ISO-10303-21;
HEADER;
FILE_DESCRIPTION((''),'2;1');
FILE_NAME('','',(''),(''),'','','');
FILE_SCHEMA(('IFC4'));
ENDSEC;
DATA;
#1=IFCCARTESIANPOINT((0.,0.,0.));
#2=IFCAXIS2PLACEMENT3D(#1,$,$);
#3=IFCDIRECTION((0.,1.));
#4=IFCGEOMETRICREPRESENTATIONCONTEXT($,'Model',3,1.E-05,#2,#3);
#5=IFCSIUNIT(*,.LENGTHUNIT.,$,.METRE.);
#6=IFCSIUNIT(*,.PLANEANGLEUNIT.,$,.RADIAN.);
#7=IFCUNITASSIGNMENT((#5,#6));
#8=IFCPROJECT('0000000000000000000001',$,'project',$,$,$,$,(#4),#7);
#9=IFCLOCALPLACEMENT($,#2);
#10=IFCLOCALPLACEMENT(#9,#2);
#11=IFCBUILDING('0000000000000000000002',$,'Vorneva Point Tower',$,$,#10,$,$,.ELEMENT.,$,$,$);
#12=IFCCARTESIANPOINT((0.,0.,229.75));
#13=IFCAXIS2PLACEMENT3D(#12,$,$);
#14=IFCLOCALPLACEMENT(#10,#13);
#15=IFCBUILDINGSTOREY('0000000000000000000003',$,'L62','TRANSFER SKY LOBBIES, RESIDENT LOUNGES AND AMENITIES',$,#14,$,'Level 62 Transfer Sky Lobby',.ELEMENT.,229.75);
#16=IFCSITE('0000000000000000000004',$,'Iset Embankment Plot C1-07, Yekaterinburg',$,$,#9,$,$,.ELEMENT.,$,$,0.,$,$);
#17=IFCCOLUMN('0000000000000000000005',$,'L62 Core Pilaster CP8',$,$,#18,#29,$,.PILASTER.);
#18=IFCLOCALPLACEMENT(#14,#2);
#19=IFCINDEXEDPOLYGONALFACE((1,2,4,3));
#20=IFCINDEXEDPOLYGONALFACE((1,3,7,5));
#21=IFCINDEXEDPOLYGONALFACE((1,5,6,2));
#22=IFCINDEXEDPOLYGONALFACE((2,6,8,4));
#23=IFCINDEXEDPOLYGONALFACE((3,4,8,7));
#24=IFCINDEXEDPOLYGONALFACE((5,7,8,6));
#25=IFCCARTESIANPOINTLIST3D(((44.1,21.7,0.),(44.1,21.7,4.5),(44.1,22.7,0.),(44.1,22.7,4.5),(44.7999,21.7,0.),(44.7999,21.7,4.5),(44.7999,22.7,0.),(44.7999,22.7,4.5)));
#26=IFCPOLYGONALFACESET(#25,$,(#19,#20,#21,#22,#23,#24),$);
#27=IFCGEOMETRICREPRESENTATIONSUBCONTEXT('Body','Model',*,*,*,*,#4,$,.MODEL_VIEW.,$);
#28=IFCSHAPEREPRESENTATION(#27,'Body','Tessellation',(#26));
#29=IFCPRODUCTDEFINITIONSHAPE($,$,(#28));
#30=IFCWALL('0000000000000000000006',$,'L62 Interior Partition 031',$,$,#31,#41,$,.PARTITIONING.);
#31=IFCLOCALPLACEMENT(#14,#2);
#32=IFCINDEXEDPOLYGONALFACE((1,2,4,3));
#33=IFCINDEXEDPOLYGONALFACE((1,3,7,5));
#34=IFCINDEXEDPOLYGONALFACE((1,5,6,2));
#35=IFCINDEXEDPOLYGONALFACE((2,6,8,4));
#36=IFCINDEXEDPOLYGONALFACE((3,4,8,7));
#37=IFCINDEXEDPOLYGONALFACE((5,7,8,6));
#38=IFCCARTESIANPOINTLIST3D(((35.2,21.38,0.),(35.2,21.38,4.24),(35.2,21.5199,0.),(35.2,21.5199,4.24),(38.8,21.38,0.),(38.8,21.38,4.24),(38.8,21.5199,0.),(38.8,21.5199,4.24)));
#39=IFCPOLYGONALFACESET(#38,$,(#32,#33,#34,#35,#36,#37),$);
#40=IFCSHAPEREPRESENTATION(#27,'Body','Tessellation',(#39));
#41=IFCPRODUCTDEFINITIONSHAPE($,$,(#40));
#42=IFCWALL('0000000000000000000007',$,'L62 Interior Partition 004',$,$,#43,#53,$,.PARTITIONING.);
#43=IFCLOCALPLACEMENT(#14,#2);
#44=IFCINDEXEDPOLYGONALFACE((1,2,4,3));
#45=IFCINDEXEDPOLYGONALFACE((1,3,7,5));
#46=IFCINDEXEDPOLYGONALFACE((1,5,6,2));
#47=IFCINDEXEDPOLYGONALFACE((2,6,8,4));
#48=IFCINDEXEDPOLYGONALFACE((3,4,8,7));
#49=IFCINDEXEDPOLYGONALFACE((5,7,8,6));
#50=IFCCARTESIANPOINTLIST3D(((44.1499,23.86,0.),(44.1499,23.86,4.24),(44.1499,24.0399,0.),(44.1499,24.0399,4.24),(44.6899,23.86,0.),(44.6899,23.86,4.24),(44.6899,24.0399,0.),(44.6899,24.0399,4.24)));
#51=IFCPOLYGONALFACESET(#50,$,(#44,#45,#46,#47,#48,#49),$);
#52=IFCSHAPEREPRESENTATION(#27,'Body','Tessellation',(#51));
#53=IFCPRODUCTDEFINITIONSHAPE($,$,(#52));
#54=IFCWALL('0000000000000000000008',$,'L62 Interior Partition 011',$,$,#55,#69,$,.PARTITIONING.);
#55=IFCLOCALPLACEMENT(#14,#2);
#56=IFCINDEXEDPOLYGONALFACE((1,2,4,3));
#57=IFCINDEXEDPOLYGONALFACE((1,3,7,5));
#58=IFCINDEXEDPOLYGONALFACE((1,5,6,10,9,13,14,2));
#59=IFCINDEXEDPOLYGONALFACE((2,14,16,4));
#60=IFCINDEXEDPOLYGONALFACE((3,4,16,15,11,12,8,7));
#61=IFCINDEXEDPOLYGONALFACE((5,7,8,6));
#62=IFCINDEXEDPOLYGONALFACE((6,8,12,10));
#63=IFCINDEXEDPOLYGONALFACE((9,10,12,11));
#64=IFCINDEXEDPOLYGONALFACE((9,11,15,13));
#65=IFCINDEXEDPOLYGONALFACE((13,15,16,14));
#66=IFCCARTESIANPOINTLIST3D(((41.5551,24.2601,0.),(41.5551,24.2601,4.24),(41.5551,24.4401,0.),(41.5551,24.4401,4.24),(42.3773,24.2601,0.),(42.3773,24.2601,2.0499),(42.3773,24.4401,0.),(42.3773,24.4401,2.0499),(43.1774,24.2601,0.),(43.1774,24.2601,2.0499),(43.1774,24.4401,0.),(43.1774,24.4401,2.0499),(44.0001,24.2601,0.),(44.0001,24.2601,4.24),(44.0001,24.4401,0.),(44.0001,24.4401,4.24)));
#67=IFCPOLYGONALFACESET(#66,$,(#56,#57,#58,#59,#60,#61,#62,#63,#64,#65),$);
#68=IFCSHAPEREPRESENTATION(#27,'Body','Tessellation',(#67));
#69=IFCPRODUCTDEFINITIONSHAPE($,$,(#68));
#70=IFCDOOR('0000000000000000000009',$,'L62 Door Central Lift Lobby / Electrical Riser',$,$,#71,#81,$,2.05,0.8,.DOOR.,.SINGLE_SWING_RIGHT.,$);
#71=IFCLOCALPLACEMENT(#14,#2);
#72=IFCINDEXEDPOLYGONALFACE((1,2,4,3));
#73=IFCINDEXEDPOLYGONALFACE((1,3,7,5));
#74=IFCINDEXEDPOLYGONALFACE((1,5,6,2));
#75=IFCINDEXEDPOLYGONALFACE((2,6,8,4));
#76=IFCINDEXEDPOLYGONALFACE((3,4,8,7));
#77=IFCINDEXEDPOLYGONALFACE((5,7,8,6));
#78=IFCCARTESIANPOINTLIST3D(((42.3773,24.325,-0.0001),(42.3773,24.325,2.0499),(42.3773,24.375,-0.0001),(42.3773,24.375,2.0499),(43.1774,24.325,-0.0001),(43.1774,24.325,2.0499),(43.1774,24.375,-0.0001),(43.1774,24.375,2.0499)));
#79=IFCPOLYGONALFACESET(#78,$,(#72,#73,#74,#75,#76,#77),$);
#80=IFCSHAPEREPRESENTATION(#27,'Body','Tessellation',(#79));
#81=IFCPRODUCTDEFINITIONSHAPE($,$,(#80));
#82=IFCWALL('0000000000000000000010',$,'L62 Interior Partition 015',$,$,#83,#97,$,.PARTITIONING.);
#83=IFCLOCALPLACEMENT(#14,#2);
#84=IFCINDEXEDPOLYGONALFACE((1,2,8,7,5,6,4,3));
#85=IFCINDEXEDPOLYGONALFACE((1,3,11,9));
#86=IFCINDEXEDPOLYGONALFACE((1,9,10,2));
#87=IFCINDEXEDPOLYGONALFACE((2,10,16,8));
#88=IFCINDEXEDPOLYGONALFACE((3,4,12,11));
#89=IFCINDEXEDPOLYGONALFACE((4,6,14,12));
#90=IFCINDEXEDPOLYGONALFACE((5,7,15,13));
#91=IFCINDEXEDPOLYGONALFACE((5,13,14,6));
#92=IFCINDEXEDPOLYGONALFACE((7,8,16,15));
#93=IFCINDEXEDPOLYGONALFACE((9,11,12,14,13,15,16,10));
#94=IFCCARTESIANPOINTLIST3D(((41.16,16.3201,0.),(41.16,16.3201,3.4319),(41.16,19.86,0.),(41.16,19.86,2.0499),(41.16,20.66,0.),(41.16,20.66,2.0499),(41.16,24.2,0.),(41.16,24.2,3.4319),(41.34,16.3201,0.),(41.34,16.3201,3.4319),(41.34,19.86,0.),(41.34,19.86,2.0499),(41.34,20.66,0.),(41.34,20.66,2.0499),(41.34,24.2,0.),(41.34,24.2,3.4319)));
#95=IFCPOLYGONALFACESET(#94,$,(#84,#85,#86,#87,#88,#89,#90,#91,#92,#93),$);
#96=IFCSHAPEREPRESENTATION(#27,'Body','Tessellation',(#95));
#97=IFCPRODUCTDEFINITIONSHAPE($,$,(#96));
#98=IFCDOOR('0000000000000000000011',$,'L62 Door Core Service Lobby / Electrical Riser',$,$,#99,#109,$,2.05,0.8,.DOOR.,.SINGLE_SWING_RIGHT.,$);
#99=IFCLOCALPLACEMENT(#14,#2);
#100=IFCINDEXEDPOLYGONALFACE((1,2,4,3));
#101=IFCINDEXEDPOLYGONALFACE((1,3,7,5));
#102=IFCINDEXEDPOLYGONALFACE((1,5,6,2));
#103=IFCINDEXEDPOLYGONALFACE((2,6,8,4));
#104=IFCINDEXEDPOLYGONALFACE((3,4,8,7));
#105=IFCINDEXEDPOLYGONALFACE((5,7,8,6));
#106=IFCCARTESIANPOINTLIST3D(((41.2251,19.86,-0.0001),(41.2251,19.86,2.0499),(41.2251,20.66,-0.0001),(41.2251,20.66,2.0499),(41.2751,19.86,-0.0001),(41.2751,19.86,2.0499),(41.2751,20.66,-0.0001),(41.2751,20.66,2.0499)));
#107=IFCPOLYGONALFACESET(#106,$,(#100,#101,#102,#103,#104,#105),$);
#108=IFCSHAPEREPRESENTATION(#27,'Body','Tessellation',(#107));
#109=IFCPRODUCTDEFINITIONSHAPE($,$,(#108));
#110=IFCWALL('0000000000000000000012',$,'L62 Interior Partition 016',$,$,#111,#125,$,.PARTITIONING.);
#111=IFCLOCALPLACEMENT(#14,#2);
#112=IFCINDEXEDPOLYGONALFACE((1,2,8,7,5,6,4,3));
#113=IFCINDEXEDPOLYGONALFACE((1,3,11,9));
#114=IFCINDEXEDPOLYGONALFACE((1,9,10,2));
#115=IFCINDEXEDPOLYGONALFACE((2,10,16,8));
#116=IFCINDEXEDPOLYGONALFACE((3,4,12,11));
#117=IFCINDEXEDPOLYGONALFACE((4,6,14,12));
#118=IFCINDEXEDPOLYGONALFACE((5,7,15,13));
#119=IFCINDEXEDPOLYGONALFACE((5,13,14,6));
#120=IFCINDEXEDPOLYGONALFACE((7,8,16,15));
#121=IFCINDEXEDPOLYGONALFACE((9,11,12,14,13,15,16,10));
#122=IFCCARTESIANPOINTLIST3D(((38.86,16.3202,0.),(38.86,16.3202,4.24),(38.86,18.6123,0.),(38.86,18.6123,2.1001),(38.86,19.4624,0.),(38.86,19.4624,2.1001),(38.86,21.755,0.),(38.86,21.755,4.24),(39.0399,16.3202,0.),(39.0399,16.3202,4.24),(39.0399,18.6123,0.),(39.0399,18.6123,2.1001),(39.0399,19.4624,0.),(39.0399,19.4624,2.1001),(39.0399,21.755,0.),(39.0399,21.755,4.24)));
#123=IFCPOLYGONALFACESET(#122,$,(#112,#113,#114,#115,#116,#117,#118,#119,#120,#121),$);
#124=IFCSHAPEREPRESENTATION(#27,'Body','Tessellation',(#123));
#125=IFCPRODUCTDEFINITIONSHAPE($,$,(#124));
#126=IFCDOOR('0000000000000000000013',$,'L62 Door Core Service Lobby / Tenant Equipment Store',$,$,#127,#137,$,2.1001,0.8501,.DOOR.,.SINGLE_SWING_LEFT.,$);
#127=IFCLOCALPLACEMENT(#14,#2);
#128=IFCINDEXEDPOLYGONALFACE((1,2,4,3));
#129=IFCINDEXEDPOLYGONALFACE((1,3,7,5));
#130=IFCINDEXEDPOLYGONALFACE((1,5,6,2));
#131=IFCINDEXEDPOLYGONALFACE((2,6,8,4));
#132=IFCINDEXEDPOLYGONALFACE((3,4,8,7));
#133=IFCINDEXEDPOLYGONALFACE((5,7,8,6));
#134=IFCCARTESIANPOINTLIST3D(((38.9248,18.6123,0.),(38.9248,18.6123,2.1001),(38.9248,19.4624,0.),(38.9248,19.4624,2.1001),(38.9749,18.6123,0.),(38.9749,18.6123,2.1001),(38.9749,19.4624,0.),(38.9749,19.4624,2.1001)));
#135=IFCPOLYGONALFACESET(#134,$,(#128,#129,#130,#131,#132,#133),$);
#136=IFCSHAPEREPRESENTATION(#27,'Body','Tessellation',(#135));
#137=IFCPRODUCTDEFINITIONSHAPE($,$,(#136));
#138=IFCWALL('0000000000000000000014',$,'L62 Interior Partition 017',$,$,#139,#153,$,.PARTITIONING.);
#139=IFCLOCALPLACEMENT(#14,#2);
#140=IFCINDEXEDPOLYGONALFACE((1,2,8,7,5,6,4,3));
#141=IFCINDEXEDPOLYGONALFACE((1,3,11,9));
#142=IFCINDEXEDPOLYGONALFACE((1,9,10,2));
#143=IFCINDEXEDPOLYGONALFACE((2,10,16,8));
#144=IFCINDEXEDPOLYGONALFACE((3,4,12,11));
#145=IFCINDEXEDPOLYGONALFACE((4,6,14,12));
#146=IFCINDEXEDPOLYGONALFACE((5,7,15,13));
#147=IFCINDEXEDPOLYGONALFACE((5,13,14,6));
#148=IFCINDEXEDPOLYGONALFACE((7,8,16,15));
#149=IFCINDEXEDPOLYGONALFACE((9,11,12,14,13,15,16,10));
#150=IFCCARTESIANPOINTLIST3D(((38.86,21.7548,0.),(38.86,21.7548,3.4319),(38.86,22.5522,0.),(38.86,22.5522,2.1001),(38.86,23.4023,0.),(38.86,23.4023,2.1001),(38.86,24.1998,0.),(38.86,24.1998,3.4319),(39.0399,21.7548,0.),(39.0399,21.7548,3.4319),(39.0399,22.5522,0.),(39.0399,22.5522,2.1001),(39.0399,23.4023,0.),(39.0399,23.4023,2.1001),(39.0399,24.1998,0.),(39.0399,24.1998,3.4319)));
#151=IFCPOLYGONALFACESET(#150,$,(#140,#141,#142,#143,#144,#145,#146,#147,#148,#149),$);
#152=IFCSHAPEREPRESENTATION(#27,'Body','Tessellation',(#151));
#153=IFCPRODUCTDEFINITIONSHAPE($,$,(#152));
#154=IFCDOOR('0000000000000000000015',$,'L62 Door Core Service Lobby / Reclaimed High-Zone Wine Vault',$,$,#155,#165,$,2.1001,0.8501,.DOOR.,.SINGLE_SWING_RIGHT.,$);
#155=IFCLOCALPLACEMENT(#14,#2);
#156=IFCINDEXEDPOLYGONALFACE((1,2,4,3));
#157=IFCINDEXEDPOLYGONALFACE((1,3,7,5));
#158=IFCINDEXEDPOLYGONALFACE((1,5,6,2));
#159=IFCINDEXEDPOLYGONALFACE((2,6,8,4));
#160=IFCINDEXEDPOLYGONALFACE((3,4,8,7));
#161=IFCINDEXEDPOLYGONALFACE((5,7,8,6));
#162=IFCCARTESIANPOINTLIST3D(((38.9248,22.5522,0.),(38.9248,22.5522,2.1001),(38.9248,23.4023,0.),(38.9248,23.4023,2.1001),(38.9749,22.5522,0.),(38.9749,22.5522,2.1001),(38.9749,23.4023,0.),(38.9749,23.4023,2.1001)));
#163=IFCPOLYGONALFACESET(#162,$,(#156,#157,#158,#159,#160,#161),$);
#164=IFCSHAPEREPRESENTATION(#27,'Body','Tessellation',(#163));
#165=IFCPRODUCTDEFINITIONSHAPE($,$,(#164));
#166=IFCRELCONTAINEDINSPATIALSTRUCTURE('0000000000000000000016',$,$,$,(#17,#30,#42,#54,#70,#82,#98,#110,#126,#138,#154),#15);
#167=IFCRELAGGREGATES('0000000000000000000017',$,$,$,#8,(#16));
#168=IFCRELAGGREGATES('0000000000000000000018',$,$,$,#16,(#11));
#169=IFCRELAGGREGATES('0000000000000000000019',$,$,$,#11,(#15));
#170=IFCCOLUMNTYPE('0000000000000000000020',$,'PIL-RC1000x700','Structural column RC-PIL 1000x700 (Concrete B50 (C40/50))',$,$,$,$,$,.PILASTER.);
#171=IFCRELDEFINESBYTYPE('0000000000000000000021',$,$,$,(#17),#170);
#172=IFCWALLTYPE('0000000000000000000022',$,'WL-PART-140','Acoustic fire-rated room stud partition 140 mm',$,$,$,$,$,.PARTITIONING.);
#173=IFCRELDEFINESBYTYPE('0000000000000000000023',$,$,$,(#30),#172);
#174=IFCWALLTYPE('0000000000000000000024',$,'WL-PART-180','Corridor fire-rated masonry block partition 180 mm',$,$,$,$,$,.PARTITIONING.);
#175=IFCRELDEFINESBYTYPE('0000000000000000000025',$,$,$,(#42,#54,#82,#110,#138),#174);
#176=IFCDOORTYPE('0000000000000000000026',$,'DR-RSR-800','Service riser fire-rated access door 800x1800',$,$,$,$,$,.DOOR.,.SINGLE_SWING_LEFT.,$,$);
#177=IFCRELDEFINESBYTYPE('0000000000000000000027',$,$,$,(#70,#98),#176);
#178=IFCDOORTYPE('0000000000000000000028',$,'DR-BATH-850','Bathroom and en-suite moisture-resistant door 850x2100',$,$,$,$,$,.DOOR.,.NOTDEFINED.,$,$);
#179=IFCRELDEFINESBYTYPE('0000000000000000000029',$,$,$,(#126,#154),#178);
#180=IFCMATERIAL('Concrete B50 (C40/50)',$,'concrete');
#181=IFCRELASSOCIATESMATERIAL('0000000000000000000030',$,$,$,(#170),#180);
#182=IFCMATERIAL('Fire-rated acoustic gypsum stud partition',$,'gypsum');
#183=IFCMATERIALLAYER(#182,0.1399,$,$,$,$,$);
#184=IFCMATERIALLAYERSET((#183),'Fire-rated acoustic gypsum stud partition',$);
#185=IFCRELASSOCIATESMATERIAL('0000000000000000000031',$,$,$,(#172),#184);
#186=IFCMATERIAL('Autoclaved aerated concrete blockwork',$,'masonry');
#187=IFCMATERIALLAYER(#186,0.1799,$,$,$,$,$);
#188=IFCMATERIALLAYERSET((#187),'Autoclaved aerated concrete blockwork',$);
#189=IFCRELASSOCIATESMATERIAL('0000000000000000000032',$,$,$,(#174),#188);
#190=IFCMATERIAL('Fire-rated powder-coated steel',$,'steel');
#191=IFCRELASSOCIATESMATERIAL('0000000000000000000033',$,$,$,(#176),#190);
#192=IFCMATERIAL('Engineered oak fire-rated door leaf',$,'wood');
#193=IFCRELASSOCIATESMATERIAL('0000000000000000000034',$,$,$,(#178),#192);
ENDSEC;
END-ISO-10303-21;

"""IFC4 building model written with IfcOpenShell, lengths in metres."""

from ifc_helpers import new_model, si_unit, direction, frame, frame_2d, origin, origin_2d, place, context, subcontext, project, spatial, rectangle, extrude, material, layer, layer_set, material_profile, profile_set, type_object, element, fill, save


model = new_model("IFC4")

# Units and contexts
model_context = context("Model", 3, precision=1e-05, world=origin(), true_north=direction((0.0, 1.0)))
body_context = subcontext(model_context, "Body", "Model", "MODEL_VIEW")
ifc_project = project(units=[si_unit("LENGTHUNIT", "METRE"), si_unit("PLANEANGLEUNIT", "RADIAN")], contexts=[model_context])

# Site, building, storey
site_placement = place(None, origin())
site = spatial("IfcSite", under=ifc_project, at=site_placement, Name="Iset Embankment Plot C1-07, Yekaterinburg", CompositionType="ELEMENT", RefElevation=0.0)
building_placement = place(site_placement, origin())
building = spatial("IfcBuilding", under=site, at=building_placement, Name="Vorneva Point Tower", CompositionType="ELEMENT")
storey_placement = place(building_placement, frame((0.0, 0.0, 229.75)))
storey = spatial("IfcBuildingStorey", under=building, at=storey_placement, Name="L62", Description="TRANSFER SKY LOBBIES, RESIDENT LOUNGES AND AMENITIES", LongName="Level 62 Transfer Sky Lobby", CompositionType="ELEMENT", Elevation=229.75)

# Column
ifc_material_1 = material(Name="Concrete B50 (C40/50)", Category="concrete")
ifc_material_profile = material_profile(ifc_material_1, rectangle(XDim=0.7, YDim=1.0, at=origin_2d()), Name="RC-PIL 1000x700")
ifc_profile_set = profile_set([ifc_material_profile], Name="Concrete B50 (C40/50)")
column_type = type_object("IfcColumnType", Name="PIL-RC1000x700", Description="Structural column RC-PIL 1000x700 (Concrete B50 (C40/50))", PredefinedType="PILASTER", material=ifc_profile_set)
column_placement = place(storey_placement, frame((44.45, 22.2, 0.0), z_axis=(0.0, 0.0, 1.0), x_axis=(1.0, 0.0, 0.0)))
element("IfcColumn", 1, at=column_placement, inside=storey, type_object=column_type, Name="L62 Core Pilaster CP8", PredefinedType="PILASTER", context=body_context, shape_type="SweptSolid", body=[
    extrude(rectangle(XDim=0.7, YDim=1.0, at=origin_2d()), origin(), (0.0, 0.0, 1.0), 4.5),
])

# Walls
ifc_material_2 = material(Name="Fire-rated acoustic gypsum stud partition", Category="gypsum")
ifc_layer_1 = layer(ifc_material_2, 0.1399)
ifc_layer_set_1 = layer_set([ifc_layer_1], Name="Fire-rated acoustic gypsum stud partition")
wall_type_1 = type_object("IfcWallType", Name="WL-PART-140", Description="Acoustic fire-rated room stud partition 140 mm", PredefinedType="PARTITIONING", material=ifc_layer_set_1)
wall_1_placement = place(storey_placement, frame((38.8, 21.45, 0.0), z_axis=(0.0, 0.0, 1.0), x_axis=(-1.0, 0.0, 0.0)))
element("IfcWall", 2, at=wall_1_placement, inside=storey, type_object=wall_type_1, Name="L62 Interior Partition 031", PredefinedType="PARTITIONING", context=body_context, shape_type="SweptSolid", body=[
    extrude(rectangle(XDim=3.6001, YDim=0.1399, at=frame_2d((1.8, 0.0))), origin(), (0.0, 0.0, 1.0), 4.24),
])
ifc_material_3 = material(Name="Autoclaved aerated concrete blockwork", Category="masonry")
ifc_layer_2 = layer(ifc_material_3, 0.1799)
ifc_layer_set_2 = layer_set([ifc_layer_2], Name="Autoclaved aerated concrete blockwork")
wall_type_2 = type_object("IfcWallType", Name="WL-PART-180", Description="Corridor fire-rated masonry block partition 180 mm", PredefinedType="PARTITIONING", material=ifc_layer_set_2)
wall_2_placement = place(storey_placement, frame((44.1499, 23.95, 0.0), z_axis=(0.0, 0.0, 1.0), x_axis=(1.0, 0.0, 0.0)))
element("IfcWall", 3, at=wall_2_placement, inside=storey, type_object=wall_type_2, Name="L62 Interior Partition 004", PredefinedType="PARTITIONING", context=body_context, shape_type="SweptSolid", body=[
    extrude(rectangle(XDim=0.54, YDim=0.1799, at=frame_2d((0.27, 0.0))), origin(), (0.0, 0.0, 1.0), 4.24),
])

# Walls, openings, doors
ifc_material_4 = material(Name="Fire-rated powder-coated steel", Category="steel")
wall_3_placement = place(storey_placement, frame((41.5549, 24.3501, 0.0), z_axis=(0.0, 0.0, 1.0), x_axis=(1.0, 0.0, 0.0)))
wall_3 = element("IfcWall", 4, at=wall_3_placement, inside=storey, type_object=wall_type_2, Name="L62 Interior Partition 011", PredefinedType="PARTITIONING", context=body_context, shape_type="SweptSolid", body=[
    extrude(rectangle(XDim=2.4451, YDim=0.1799, at=frame_2d((1.2227, 0.0))), origin(), (0.0, 0.0, 1.0), 4.24),
])
opening_1_placement = place(wall_3_placement, frame((0.8225, 0.0, 0.0)))
opening_1 = element("IfcOpeningElement", 5, at=opening_1_placement, cuts=wall_3, PredefinedType="OPENING", context=body_context, shape_type="SweptSolid", body=[
    extrude(rectangle(XDim=0.8, YDim=2.05, at=frame_2d((0.3999, 1.0249))), frame((0.0, 0.105, 0.0), z_axis=(0.0, -1.0, 0.0), x_axis=(1.0, 0.0, 0.0)), (0.0, 0.0, 1.0), 0.2097),
])
door_type_1 = type_object("IfcDoorType", Name="DR-RSR-800", Description="Service riser fire-rated access door 800x1800", OperationType="SINGLE_SWING_LEFT", PredefinedType="DOOR", material=ifc_material_4)
door_1_placement = place(opening_1_placement, origin())
door_1 = element("IfcDoor", 6, at=door_1_placement, inside=storey, type_object=door_type_1, Name="L62 Door Central Lift Lobby / Electrical Riser", OperationType="SINGLE_SWING_RIGHT", OverallHeight=2.05, OverallWidth=0.8, PredefinedType="DOOR", context=body_context, shape_type="SweptSolid", body=[
    extrude(rectangle(XDim=0.8, YDim=2.05, at=frame_2d((0.3999, 1.0249))), frame((0.0, 0.0249, 0.0), z_axis=(0.0, -1.0, 0.0), x_axis=(1.0, 0.0, 0.0)), (0.0, 0.0, 1.0), 0.05),
])
fill(opening_1, door_1)
wall_4_placement = place(storey_placement, frame((41.25, 16.3201, 0.0), z_axis=(0.0, 0.0, 1.0), x_axis=(0.0, 1.0, 0.0)))
wall_4 = element("IfcWall", 7, at=wall_4_placement, inside=storey, type_object=wall_type_2, Name="L62 Interior Partition 015", PredefinedType="PARTITIONING", context=body_context, shape_type="SweptSolid", body=[
    extrude(rectangle(XDim=7.8799, YDim=0.1799, at=frame_2d((3.9399, 0.0))), origin(), (0.0, 0.0, 1.0), 3.4319),
])
opening_2_placement = place(wall_4_placement, frame((3.54, 0.0, 0.0)))
opening_2 = element("IfcOpeningElement", 8, at=opening_2_placement, cuts=wall_4, PredefinedType="OPENING", context=body_context, shape_type="SweptSolid", body=[
    extrude(rectangle(XDim=0.8, YDim=2.05, at=frame_2d((0.3999, 1.0249))), frame((0.0, 0.105, 0.0), z_axis=(0.0, -1.0, 0.0), x_axis=(1.0, 0.0, 0.0)), (0.0, 0.0, 1.0), 0.2097),
])
door_2_placement = place(opening_2_placement, origin())
door_2 = element("IfcDoor", 9, at=door_2_placement, inside=storey, type_object=door_type_1, Name="L62 Door Core Service Lobby / Electrical Riser", OperationType="SINGLE_SWING_RIGHT", OverallHeight=2.05, OverallWidth=0.8, PredefinedType="DOOR", context=body_context, shape_type="SweptSolid", body=[
    extrude(rectangle(XDim=0.8, YDim=2.05, at=frame_2d((0.3999, 1.0249))), frame((0.0, 0.0249, 0.0), z_axis=(0.0, -1.0, 0.0), x_axis=(1.0, 0.0, 0.0)), (0.0, 0.0, 1.0), 0.05),
])
fill(opening_2, door_2)
wall_5_placement = place(storey_placement, frame((38.95, 21.7549, 0.0), z_axis=(0.0, 0.0, 1.0), x_axis=(0.0, -1.0, 0.0)))
wall_5 = element("IfcWall", 10, at=wall_5_placement, inside=storey, type_object=wall_type_2, Name="L62 Interior Partition 016", PredefinedType="PARTITIONING", context=body_context, shape_type="SweptSolid", body=[
    extrude(rectangle(XDim=5.4348, YDim=0.1799, at=frame_2d((2.7173, 0.0))), origin(), (0.0, 0.0, 1.0), 4.24),
])
opening_3_placement = place(wall_5_placement, frame((2.2925, 0.0, 0.0)))
opening_3 = element("IfcOpeningElement", 11, at=opening_3_placement, cuts=wall_5, PredefinedType="OPENING", context=body_context, shape_type="SweptSolid", body=[
    extrude(rectangle(XDim=0.8501, YDim=2.1001, at=frame_2d((0.425, 1.05))), frame((0.0, 0.105, 0.0), z_axis=(0.0, -1.0, 0.0), x_axis=(1.0, 0.0, 0.0)), (0.0, 0.0, 1.0), 0.2097),
])
ifc_material_5 = material(Name="Engineered oak fire-rated door leaf", Category="wood")
door_type_2 = type_object("IfcDoorType", Name="DR-BATH-850", Description="Bathroom and en-suite moisture-resistant door 850x2100", OperationType="NOTDEFINED", PredefinedType="DOOR", material=ifc_material_5)
door_3_placement = place(opening_3_placement, origin())
door_3 = element("IfcDoor", 12, at=door_3_placement, inside=storey, type_object=door_type_2, Name="L62 Door Core Service Lobby / Tenant Equipment Store", OperationType="SINGLE_SWING_LEFT", OverallHeight=2.1001, OverallWidth=0.8501, PredefinedType="DOOR", context=body_context, shape_type="SweptSolid", body=[
    extrude(rectangle(XDim=0.8501, YDim=2.1001, at=frame_2d((0.425, 1.05))), frame((0.0, 0.0249, 0.0), z_axis=(0.0, -1.0, 0.0), x_axis=(1.0, 0.0, 0.0)), (0.0, 0.0, 1.0), 0.05),
])
fill(opening_3, door_3)
wall_6_placement = place(storey_placement, frame((38.95, 24.2, 0.0), z_axis=(0.0, 0.0, 1.0), x_axis=(0.0, -1.0, 0.0)))
wall_6 = element("IfcWall", 13, at=wall_6_placement, inside=storey, type_object=wall_type_2, Name="L62 Interior Partition 017", PredefinedType="PARTITIONING", context=body_context, shape_type="SweptSolid", body=[
    extrude(rectangle(XDim=2.4451, YDim=0.1799, at=frame_2d((1.2227, 0.0))), origin(), (0.0, 0.0, 1.0), 3.4319),
])
opening_4_placement = place(wall_6_placement, frame((0.7976, 0.0, 0.0)))
opening_4 = element("IfcOpeningElement", 14, at=opening_4_placement, cuts=wall_6, PredefinedType="OPENING", context=body_context, shape_type="SweptSolid", body=[
    extrude(rectangle(XDim=0.8501, YDim=2.1001, at=frame_2d((0.425, 1.05))), frame((0.0, 0.105, 0.0), z_axis=(0.0, -1.0, 0.0), x_axis=(1.0, 0.0, 0.0)), (0.0, 0.0, 1.0), 0.2097),
])
door_4_placement = place(opening_4_placement, origin())
door_4 = element("IfcDoor", 15, at=door_4_placement, inside=storey, type_object=door_type_2, Name="L62 Door Core Service Lobby / Reclaimed High-Zone Wine Vault", OperationType="SINGLE_SWING_RIGHT", OverallHeight=2.1001, OverallWidth=0.8501, PredefinedType="DOOR", context=body_context, shape_type="SweptSolid", body=[
    extrude(rectangle(XDim=0.8501, YDim=2.1001, at=frame_2d((0.425, 1.05))), frame((0.0, 0.0249, 0.0), z_axis=(0.0, -1.0, 0.0), x_axis=(1.0, 0.0, 0.0)), (0.0, 0.0, 1.0), 0.05),
])
fill(opening_4, door_4)

save(model, "model.ifc")
